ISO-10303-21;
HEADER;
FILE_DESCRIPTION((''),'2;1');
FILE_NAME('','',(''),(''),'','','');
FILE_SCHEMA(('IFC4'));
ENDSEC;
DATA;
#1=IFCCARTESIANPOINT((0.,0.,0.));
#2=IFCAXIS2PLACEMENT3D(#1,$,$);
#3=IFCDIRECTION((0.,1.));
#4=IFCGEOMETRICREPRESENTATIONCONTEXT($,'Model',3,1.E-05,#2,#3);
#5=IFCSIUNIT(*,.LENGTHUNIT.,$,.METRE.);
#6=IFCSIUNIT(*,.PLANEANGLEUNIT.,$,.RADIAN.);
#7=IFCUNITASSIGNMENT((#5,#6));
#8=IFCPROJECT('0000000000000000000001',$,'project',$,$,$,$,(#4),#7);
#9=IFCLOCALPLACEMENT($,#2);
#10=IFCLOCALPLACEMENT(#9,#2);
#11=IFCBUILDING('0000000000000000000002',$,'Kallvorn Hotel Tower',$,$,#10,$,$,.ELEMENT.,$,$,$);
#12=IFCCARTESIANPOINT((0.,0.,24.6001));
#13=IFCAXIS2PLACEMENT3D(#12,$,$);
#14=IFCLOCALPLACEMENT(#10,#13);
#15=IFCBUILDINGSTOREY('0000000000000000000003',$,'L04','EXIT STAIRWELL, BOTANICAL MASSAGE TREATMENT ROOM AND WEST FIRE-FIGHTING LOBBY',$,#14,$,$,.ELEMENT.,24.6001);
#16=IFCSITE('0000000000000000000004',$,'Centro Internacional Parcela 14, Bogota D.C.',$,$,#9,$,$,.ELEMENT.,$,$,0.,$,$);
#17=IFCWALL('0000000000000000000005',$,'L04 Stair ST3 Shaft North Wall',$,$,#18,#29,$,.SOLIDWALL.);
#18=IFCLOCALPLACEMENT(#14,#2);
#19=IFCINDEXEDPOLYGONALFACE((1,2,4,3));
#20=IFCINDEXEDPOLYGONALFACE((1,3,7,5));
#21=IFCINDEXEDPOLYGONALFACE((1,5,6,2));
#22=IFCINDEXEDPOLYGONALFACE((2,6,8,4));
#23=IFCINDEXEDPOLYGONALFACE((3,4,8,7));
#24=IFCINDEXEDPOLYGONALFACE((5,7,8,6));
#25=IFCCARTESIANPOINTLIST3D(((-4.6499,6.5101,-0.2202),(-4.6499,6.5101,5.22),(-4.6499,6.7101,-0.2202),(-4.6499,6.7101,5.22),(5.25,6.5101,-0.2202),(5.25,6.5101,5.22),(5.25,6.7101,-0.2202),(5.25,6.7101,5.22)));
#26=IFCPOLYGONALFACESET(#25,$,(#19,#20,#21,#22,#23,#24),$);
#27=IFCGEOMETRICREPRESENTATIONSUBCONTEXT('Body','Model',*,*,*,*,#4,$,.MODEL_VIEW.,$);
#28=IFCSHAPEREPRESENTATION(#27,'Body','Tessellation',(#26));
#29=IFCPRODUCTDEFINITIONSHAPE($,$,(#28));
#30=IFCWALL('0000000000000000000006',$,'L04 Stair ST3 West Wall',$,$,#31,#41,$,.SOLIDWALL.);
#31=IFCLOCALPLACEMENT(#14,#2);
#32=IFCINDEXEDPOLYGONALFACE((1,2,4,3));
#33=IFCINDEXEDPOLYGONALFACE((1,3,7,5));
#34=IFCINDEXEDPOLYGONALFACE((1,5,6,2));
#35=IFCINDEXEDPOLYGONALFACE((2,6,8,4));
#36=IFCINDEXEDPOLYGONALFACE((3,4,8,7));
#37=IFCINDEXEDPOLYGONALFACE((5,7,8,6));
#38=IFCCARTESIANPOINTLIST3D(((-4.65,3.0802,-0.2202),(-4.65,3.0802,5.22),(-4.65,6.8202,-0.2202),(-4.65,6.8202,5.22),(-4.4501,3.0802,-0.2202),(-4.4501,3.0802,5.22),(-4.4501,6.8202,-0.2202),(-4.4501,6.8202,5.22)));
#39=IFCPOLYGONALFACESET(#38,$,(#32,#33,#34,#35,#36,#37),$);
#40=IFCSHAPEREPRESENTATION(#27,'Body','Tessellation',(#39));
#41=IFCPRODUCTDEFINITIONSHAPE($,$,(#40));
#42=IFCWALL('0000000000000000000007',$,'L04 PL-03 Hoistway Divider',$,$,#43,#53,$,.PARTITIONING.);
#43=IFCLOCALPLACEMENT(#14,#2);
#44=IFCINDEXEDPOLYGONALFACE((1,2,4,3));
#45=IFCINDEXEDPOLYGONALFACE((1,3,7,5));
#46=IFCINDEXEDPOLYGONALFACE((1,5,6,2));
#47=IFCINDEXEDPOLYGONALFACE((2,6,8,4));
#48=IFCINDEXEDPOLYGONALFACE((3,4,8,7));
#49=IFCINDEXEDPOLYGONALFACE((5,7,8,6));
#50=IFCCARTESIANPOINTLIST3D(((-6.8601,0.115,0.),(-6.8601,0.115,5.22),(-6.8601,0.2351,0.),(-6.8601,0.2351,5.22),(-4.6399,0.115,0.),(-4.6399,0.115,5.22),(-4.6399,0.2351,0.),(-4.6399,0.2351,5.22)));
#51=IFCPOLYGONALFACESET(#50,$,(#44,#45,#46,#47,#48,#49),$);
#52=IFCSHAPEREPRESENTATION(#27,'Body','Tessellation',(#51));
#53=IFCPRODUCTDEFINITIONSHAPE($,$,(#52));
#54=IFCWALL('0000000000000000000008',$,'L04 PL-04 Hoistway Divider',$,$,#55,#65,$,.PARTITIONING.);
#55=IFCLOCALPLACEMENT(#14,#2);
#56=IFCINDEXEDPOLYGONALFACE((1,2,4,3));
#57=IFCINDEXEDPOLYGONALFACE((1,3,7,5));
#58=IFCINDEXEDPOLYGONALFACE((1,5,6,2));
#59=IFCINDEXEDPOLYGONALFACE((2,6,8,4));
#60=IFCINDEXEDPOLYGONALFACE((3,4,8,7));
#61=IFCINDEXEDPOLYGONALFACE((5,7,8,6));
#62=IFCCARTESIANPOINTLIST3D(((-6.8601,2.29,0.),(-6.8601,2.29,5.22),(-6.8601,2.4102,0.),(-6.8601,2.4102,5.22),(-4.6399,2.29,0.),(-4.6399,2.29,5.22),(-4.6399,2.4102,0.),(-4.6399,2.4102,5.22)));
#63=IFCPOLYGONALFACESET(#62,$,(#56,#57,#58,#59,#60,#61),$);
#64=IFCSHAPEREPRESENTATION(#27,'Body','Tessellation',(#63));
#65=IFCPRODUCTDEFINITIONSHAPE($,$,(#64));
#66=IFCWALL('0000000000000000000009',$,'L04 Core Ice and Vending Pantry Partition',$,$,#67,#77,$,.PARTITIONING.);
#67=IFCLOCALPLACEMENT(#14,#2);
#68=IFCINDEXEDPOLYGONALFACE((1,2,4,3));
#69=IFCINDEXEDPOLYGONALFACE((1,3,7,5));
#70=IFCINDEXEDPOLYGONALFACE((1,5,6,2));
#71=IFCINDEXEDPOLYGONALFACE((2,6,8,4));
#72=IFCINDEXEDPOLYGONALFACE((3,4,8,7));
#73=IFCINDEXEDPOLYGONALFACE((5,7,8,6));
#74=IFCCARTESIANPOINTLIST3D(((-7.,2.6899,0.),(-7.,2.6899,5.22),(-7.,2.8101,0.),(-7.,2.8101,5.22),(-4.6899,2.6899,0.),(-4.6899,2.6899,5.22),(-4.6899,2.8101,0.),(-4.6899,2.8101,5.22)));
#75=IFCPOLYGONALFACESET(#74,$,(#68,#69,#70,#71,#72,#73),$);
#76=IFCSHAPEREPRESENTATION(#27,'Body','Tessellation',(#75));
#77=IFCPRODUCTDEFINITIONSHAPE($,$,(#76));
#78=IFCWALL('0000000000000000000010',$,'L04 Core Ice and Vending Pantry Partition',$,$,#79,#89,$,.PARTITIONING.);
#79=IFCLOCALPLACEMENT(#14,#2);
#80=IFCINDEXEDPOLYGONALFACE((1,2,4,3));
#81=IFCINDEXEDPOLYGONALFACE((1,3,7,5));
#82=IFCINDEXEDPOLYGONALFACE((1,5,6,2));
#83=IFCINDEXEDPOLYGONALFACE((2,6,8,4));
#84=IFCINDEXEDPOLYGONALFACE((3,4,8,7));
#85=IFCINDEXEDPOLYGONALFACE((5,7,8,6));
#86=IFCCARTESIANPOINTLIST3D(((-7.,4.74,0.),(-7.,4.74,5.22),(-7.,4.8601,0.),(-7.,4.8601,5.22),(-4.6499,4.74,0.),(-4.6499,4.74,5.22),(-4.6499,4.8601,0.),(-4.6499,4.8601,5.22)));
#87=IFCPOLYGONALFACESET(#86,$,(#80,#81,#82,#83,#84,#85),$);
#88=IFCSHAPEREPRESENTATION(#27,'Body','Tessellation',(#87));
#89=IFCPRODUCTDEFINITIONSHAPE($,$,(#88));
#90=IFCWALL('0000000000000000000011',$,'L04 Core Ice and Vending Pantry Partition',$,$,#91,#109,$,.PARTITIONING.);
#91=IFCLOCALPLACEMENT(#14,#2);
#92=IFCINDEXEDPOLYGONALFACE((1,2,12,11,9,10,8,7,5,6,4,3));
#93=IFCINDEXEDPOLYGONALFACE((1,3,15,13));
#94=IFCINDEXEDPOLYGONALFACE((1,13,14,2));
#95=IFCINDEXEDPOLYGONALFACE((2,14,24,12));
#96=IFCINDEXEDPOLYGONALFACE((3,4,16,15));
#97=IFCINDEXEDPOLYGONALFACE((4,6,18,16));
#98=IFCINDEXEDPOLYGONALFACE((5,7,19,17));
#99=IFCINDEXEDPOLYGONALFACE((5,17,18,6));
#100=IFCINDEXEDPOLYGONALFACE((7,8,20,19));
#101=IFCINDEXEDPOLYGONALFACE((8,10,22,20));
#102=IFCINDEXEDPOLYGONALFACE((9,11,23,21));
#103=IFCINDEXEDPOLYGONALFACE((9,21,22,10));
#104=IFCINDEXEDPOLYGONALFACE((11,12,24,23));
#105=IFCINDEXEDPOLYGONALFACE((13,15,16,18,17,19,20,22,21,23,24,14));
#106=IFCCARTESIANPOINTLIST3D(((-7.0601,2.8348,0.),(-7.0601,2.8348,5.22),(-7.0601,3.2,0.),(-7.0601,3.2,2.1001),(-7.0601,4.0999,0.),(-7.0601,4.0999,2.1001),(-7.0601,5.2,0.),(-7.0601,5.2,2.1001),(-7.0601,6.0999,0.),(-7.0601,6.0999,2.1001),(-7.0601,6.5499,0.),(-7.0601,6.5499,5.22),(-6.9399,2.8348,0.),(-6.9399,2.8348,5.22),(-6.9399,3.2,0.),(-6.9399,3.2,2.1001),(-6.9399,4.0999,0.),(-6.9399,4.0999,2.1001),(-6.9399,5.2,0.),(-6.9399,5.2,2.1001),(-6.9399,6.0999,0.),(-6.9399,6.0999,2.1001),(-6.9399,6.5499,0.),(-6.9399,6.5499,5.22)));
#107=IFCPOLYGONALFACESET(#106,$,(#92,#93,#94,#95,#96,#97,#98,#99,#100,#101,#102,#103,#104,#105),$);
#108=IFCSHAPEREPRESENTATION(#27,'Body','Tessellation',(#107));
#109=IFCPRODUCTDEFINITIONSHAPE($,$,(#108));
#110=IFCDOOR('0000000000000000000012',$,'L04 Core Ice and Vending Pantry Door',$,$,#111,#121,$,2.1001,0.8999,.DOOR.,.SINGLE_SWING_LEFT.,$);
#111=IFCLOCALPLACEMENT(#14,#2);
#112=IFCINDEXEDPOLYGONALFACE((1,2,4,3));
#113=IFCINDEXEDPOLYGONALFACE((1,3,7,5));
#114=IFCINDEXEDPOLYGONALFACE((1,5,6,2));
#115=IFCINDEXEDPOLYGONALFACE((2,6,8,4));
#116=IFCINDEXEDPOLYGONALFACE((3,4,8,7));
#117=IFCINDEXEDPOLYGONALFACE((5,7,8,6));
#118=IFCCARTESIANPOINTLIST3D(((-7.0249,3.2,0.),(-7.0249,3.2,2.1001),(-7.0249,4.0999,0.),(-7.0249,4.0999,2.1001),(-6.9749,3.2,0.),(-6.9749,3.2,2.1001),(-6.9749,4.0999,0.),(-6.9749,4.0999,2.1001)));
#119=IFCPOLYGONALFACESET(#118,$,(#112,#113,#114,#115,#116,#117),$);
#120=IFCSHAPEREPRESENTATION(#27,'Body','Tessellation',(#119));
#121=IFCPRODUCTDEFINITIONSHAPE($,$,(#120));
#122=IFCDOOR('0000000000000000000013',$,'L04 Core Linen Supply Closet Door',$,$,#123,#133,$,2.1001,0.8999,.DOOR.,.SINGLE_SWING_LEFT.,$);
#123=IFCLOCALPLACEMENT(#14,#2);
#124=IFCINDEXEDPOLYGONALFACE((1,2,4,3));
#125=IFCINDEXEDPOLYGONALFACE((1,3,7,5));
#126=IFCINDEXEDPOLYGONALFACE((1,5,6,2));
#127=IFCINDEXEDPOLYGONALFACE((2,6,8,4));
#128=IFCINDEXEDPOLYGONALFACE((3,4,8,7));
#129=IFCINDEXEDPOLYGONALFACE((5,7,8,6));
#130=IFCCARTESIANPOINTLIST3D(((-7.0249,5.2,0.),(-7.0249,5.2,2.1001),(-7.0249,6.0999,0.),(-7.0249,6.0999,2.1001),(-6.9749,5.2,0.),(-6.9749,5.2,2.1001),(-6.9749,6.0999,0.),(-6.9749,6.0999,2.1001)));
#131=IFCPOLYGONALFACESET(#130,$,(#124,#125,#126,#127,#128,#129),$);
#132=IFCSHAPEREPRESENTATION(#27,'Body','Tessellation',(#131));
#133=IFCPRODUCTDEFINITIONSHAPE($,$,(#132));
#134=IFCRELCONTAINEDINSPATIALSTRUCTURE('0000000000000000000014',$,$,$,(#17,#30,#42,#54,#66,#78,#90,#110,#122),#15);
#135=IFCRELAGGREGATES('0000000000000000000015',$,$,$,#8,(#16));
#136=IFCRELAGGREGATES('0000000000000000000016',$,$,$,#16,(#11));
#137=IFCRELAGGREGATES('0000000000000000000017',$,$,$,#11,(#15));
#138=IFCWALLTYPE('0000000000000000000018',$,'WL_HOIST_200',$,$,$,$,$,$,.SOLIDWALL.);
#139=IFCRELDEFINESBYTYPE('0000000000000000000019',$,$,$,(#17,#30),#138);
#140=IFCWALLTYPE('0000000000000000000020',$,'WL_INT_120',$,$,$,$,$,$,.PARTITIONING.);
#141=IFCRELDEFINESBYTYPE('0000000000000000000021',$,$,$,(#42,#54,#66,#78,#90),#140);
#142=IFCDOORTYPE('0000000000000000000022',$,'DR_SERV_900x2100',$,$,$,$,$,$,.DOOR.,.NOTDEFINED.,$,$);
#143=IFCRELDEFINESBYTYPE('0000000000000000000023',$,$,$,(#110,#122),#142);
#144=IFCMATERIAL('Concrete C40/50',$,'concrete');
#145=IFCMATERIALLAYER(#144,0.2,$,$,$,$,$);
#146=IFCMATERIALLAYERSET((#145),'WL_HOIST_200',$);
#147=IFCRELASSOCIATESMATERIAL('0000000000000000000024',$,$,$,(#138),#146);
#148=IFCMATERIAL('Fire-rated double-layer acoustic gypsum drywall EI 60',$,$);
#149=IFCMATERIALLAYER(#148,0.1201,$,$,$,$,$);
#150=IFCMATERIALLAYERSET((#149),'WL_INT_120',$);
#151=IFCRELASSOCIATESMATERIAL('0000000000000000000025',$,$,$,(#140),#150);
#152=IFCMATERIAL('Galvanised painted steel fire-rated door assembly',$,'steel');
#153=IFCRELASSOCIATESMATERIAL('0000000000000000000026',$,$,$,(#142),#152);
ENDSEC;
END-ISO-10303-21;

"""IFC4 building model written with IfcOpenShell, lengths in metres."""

from ifc_helpers import new_model, si_unit, direction, frame, frame_2d, origin, place, context, subcontext, project, spatial, rectangle, extrude, material, layer, layer_set, type_object, element, fill, save


model = new_model("IFC4")

# Units and contexts
model_context = context("Model", 3, precision=1e-05, world=origin(), true_north=direction((0.0, 1.0)))
body_context = subcontext(model_context, "Body", "Model", "MODEL_VIEW")
ifc_project = project(units=[si_unit("LENGTHUNIT", "METRE"), si_unit("PLANEANGLEUNIT", "RADIAN")], contexts=[model_context])

# Site, building, storey
site_placement = place(None, origin())
site = spatial("IfcSite", under=ifc_project, at=site_placement, Name="Centro Internacional Parcela 14, Bogota D.C.", CompositionType="ELEMENT", RefElevation=0.0)
building_placement = place(site_placement, origin())
building = spatial("IfcBuilding", under=site, at=building_placement, Name="Kallvorn Hotel Tower", CompositionType="ELEMENT")
storey_placement = place(building_placement, frame((0.0, 0.0, 24.6001)))
storey = spatial("IfcBuildingStorey", under=building, at=storey_placement, Name="L04", Description="EXIT STAIRWELL, BOTANICAL MASSAGE TREATMENT ROOM AND WEST FIRE-FIGHTING LOBBY", CompositionType="ELEMENT", Elevation=24.6001)

# Walls
ifc_material_1 = material(Name="Concrete C40/50", Category="concrete")
ifc_layer_1 = layer(ifc_material_1, 0.2)
ifc_layer_set_1 = layer_set([ifc_layer_1], Name="WL_HOIST_200")
wall_type_1 = type_object("IfcWallType", Name="WL_HOIST_200", PredefinedType="SOLIDWALL", material=ifc_layer_set_1)
wall_1_placement = place(storey_placement, frame((-4.6499, 6.6101, -0.2202), z_axis=(0.0, 0.0, 1.0), x_axis=(1.0, 0.0, 0.0)))
element("IfcWall", 1, at=wall_1_placement, inside=storey, type_object=wall_type_1, Name="L04 Stair ST3 Shaft North Wall", PredefinedType="SOLIDWALL", context=body_context, shape_type="SweptSolid", body=[
    extrude(rectangle(XDim=9.8999, YDim=0.2, at=frame_2d((4.95, 0.0))), origin(), (0.0, 0.0, 1.0), 5.4402),
])
wall_2_placement = place(storey_placement, frame((-4.55, 3.0801, -0.2202), z_axis=(0.0, 0.0, 1.0), x_axis=(0.0, 1.0, 0.0)))
element("IfcWall", 2, at=wall_2_placement, inside=storey, type_object=wall_type_1, Name="L04 Stair ST3 West Wall", PredefinedType="SOLIDWALL", context=body_context, shape_type="SweptSolid", body=[
    extrude(rectangle(XDim=3.74, YDim=0.2, at=frame_2d((1.8701, 0.0))), origin(), (0.0, 0.0, 1.0), 5.4402),
])
ifc_material_2 = material(Name="Fire-rated double-layer acoustic gypsum drywall EI 60")
ifc_layer_2 = layer(ifc_material_2, 0.1201)
ifc_layer_set_2 = layer_set([ifc_layer_2], Name="WL_INT_120")
wall_type_2 = type_object("IfcWallType", Name="WL_INT_120", PredefinedType="PARTITIONING", material=ifc_layer_set_2)
for number, where, z_axis, x_axis, name in (
    (3, (-6.8601, 0.175, 0.0), (0.0, 0.0, 1.0), (1.0, 0.0, 0.0), "L04 PL-03 Hoistway Divider"),
    (4, (-6.8601, 2.3501, 0.0), (0.0, 0.0, 1.0), (1.0, 0.0, 0.0), "L04 PL-04 Hoistway Divider"),
):
    element("IfcWall", number, at=place(storey_placement, frame(where, z_axis=z_axis, x_axis=x_axis)), inside=storey, type_object=wall_type_2, Name=name, PredefinedType="PARTITIONING", context=body_context, shape_type="SweptSolid", body=[
        extrude(rectangle(XDim=2.2202, YDim=0.1201, at=frame_2d((1.1101, 0.0))), origin(), (0.0, 0.0, 1.0), 5.22),
    ])
wall_3_placement = place(storey_placement, frame((-7.0, 2.75, 0.0), z_axis=(0.0, 0.0, 1.0), x_axis=(1.0, 0.0, 0.0)))
element("IfcWall", 5, at=wall_3_placement, inside=storey, type_object=wall_type_2, Name="L04 Core Ice and Vending Pantry Partition", PredefinedType="PARTITIONING", context=body_context, shape_type="SweptSolid", body=[
    extrude(rectangle(XDim=2.3101, YDim=0.1201, at=frame_2d((1.155, 0.0))), origin(), (0.0, 0.0, 1.0), 5.22),
])
wall_4_placement = place(storey_placement, frame((-7.0, 4.8, 0.0), z_axis=(0.0, 0.0, 1.0), x_axis=(1.0, 0.0, 0.0)))
element("IfcWall", 6, at=wall_4_placement, inside=storey, type_object=wall_type_2, Name="L04 Core Ice and Vending Pantry Partition", PredefinedType="PARTITIONING", context=body_context, shape_type="SweptSolid", body=[
    extrude(rectangle(XDim=2.3501, YDim=0.1201, at=frame_2d((1.175, 0.0))), origin(), (0.0, 0.0, 1.0), 5.22),
])

# Wall, openings, doors
wall_5_placement = place(storey_placement, frame((-7.0, 2.835, 0.0), z_axis=(0.0, 0.0, 1.0), x_axis=(0.0, 1.0, 0.0)))
wall_5 = element("IfcWall", 7, at=wall_5_placement, inside=storey, type_object=wall_type_2, Name="L04 Core Ice and Vending Pantry Partition", PredefinedType="PARTITIONING", context=body_context, shape_type="SweptSolid", body=[
    extrude(rectangle(XDim=3.7151, YDim=0.1201, at=frame_2d((1.8574, 0.0))), origin(), (0.0, 0.0, 1.0), 5.22),
])
opening_1_placement = place(wall_5_placement, frame((0.365, 0.0, 0.0)))
opening_1 = element("IfcOpeningElement", 8, at=opening_1_placement, cuts=wall_5, PredefinedType="OPENING", context=body_context, shape_type="SweptSolid", body=[
    extrude(rectangle(XDim=0.8999, YDim=2.1001, at=frame_2d((0.45, 1.05))), frame((0.0, 0.075, 0.0), z_axis=(0.0, -1.0, 0.0), x_axis=(1.0, 0.0, 0.0)), (0.0, 0.0, 1.0), 0.1501),
])
opening_2_placement = place(wall_5_placement, frame((2.365, 0.0, 0.0)))
opening_2 = element("IfcOpeningElement", 9, at=opening_2_placement, cuts=wall_5, PredefinedType="OPENING", context=body_context, shape_type="SweptSolid", body=[
    extrude(rectangle(XDim=0.8999, YDim=2.1001, at=frame_2d((0.45, 1.05))), frame((0.0, 0.075, 0.0), z_axis=(0.0, -1.0, 0.0), x_axis=(1.0, 0.0, 0.0)), (0.0, 0.0, 1.0), 0.1501),
])
ifc_material_3 = material(Name="Galvanised painted steel fire-rated door assembly", Category="steel")
door_type_1 = type_object("IfcDoorType", Name="DR_SERV_900x2100", OperationType="NOTDEFINED", PredefinedType="DOOR", material=ifc_material_3)
door_1_placement = place(opening_1_placement, origin())
door_1 = element("IfcDoor", 10, at=door_1_placement, inside=storey, type_object=door_type_1, Name="L04 Core Ice and Vending Pantry Door", OperationType="SINGLE_SWING_LEFT", OverallHeight=2.1001, OverallWidth=0.8999, PredefinedType="DOOR", context=body_context, shape_type="SweptSolid", body=[
    extrude(rectangle(XDim=0.8999, YDim=2.1001, at=frame_2d((0.45, 1.05))), frame((0.0, 0.0249, 0.0), z_axis=(0.0, -1.0, 0.0), x_axis=(1.0, 0.0, 0.0)), (0.0, 0.0, 1.0), 0.05),
])
fill(opening_1, door_1)
door_2_placement = place(opening_2_placement, origin())
door_2 = element("IfcDoor", 11, at=door_2_placement, inside=storey, type_object=door_type_1, Name="L04 Core Linen Supply Closet Door", OperationType="SINGLE_SWING_LEFT", OverallHeight=2.1001, OverallWidth=0.8999, PredefinedType="DOOR", context=body_context, shape_type="SweptSolid", body=[
    extrude(rectangle(XDim=0.8999, YDim=2.1001, at=frame_2d((0.45, 1.05))), frame((0.0, 0.0249, 0.0), z_axis=(0.0, -1.0, 0.0), x_axis=(1.0, 0.0, 0.0)), (0.0, 0.0, 1.0), 0.05),
])
fill(opening_2, door_2)

save(model, "model.ifc")
